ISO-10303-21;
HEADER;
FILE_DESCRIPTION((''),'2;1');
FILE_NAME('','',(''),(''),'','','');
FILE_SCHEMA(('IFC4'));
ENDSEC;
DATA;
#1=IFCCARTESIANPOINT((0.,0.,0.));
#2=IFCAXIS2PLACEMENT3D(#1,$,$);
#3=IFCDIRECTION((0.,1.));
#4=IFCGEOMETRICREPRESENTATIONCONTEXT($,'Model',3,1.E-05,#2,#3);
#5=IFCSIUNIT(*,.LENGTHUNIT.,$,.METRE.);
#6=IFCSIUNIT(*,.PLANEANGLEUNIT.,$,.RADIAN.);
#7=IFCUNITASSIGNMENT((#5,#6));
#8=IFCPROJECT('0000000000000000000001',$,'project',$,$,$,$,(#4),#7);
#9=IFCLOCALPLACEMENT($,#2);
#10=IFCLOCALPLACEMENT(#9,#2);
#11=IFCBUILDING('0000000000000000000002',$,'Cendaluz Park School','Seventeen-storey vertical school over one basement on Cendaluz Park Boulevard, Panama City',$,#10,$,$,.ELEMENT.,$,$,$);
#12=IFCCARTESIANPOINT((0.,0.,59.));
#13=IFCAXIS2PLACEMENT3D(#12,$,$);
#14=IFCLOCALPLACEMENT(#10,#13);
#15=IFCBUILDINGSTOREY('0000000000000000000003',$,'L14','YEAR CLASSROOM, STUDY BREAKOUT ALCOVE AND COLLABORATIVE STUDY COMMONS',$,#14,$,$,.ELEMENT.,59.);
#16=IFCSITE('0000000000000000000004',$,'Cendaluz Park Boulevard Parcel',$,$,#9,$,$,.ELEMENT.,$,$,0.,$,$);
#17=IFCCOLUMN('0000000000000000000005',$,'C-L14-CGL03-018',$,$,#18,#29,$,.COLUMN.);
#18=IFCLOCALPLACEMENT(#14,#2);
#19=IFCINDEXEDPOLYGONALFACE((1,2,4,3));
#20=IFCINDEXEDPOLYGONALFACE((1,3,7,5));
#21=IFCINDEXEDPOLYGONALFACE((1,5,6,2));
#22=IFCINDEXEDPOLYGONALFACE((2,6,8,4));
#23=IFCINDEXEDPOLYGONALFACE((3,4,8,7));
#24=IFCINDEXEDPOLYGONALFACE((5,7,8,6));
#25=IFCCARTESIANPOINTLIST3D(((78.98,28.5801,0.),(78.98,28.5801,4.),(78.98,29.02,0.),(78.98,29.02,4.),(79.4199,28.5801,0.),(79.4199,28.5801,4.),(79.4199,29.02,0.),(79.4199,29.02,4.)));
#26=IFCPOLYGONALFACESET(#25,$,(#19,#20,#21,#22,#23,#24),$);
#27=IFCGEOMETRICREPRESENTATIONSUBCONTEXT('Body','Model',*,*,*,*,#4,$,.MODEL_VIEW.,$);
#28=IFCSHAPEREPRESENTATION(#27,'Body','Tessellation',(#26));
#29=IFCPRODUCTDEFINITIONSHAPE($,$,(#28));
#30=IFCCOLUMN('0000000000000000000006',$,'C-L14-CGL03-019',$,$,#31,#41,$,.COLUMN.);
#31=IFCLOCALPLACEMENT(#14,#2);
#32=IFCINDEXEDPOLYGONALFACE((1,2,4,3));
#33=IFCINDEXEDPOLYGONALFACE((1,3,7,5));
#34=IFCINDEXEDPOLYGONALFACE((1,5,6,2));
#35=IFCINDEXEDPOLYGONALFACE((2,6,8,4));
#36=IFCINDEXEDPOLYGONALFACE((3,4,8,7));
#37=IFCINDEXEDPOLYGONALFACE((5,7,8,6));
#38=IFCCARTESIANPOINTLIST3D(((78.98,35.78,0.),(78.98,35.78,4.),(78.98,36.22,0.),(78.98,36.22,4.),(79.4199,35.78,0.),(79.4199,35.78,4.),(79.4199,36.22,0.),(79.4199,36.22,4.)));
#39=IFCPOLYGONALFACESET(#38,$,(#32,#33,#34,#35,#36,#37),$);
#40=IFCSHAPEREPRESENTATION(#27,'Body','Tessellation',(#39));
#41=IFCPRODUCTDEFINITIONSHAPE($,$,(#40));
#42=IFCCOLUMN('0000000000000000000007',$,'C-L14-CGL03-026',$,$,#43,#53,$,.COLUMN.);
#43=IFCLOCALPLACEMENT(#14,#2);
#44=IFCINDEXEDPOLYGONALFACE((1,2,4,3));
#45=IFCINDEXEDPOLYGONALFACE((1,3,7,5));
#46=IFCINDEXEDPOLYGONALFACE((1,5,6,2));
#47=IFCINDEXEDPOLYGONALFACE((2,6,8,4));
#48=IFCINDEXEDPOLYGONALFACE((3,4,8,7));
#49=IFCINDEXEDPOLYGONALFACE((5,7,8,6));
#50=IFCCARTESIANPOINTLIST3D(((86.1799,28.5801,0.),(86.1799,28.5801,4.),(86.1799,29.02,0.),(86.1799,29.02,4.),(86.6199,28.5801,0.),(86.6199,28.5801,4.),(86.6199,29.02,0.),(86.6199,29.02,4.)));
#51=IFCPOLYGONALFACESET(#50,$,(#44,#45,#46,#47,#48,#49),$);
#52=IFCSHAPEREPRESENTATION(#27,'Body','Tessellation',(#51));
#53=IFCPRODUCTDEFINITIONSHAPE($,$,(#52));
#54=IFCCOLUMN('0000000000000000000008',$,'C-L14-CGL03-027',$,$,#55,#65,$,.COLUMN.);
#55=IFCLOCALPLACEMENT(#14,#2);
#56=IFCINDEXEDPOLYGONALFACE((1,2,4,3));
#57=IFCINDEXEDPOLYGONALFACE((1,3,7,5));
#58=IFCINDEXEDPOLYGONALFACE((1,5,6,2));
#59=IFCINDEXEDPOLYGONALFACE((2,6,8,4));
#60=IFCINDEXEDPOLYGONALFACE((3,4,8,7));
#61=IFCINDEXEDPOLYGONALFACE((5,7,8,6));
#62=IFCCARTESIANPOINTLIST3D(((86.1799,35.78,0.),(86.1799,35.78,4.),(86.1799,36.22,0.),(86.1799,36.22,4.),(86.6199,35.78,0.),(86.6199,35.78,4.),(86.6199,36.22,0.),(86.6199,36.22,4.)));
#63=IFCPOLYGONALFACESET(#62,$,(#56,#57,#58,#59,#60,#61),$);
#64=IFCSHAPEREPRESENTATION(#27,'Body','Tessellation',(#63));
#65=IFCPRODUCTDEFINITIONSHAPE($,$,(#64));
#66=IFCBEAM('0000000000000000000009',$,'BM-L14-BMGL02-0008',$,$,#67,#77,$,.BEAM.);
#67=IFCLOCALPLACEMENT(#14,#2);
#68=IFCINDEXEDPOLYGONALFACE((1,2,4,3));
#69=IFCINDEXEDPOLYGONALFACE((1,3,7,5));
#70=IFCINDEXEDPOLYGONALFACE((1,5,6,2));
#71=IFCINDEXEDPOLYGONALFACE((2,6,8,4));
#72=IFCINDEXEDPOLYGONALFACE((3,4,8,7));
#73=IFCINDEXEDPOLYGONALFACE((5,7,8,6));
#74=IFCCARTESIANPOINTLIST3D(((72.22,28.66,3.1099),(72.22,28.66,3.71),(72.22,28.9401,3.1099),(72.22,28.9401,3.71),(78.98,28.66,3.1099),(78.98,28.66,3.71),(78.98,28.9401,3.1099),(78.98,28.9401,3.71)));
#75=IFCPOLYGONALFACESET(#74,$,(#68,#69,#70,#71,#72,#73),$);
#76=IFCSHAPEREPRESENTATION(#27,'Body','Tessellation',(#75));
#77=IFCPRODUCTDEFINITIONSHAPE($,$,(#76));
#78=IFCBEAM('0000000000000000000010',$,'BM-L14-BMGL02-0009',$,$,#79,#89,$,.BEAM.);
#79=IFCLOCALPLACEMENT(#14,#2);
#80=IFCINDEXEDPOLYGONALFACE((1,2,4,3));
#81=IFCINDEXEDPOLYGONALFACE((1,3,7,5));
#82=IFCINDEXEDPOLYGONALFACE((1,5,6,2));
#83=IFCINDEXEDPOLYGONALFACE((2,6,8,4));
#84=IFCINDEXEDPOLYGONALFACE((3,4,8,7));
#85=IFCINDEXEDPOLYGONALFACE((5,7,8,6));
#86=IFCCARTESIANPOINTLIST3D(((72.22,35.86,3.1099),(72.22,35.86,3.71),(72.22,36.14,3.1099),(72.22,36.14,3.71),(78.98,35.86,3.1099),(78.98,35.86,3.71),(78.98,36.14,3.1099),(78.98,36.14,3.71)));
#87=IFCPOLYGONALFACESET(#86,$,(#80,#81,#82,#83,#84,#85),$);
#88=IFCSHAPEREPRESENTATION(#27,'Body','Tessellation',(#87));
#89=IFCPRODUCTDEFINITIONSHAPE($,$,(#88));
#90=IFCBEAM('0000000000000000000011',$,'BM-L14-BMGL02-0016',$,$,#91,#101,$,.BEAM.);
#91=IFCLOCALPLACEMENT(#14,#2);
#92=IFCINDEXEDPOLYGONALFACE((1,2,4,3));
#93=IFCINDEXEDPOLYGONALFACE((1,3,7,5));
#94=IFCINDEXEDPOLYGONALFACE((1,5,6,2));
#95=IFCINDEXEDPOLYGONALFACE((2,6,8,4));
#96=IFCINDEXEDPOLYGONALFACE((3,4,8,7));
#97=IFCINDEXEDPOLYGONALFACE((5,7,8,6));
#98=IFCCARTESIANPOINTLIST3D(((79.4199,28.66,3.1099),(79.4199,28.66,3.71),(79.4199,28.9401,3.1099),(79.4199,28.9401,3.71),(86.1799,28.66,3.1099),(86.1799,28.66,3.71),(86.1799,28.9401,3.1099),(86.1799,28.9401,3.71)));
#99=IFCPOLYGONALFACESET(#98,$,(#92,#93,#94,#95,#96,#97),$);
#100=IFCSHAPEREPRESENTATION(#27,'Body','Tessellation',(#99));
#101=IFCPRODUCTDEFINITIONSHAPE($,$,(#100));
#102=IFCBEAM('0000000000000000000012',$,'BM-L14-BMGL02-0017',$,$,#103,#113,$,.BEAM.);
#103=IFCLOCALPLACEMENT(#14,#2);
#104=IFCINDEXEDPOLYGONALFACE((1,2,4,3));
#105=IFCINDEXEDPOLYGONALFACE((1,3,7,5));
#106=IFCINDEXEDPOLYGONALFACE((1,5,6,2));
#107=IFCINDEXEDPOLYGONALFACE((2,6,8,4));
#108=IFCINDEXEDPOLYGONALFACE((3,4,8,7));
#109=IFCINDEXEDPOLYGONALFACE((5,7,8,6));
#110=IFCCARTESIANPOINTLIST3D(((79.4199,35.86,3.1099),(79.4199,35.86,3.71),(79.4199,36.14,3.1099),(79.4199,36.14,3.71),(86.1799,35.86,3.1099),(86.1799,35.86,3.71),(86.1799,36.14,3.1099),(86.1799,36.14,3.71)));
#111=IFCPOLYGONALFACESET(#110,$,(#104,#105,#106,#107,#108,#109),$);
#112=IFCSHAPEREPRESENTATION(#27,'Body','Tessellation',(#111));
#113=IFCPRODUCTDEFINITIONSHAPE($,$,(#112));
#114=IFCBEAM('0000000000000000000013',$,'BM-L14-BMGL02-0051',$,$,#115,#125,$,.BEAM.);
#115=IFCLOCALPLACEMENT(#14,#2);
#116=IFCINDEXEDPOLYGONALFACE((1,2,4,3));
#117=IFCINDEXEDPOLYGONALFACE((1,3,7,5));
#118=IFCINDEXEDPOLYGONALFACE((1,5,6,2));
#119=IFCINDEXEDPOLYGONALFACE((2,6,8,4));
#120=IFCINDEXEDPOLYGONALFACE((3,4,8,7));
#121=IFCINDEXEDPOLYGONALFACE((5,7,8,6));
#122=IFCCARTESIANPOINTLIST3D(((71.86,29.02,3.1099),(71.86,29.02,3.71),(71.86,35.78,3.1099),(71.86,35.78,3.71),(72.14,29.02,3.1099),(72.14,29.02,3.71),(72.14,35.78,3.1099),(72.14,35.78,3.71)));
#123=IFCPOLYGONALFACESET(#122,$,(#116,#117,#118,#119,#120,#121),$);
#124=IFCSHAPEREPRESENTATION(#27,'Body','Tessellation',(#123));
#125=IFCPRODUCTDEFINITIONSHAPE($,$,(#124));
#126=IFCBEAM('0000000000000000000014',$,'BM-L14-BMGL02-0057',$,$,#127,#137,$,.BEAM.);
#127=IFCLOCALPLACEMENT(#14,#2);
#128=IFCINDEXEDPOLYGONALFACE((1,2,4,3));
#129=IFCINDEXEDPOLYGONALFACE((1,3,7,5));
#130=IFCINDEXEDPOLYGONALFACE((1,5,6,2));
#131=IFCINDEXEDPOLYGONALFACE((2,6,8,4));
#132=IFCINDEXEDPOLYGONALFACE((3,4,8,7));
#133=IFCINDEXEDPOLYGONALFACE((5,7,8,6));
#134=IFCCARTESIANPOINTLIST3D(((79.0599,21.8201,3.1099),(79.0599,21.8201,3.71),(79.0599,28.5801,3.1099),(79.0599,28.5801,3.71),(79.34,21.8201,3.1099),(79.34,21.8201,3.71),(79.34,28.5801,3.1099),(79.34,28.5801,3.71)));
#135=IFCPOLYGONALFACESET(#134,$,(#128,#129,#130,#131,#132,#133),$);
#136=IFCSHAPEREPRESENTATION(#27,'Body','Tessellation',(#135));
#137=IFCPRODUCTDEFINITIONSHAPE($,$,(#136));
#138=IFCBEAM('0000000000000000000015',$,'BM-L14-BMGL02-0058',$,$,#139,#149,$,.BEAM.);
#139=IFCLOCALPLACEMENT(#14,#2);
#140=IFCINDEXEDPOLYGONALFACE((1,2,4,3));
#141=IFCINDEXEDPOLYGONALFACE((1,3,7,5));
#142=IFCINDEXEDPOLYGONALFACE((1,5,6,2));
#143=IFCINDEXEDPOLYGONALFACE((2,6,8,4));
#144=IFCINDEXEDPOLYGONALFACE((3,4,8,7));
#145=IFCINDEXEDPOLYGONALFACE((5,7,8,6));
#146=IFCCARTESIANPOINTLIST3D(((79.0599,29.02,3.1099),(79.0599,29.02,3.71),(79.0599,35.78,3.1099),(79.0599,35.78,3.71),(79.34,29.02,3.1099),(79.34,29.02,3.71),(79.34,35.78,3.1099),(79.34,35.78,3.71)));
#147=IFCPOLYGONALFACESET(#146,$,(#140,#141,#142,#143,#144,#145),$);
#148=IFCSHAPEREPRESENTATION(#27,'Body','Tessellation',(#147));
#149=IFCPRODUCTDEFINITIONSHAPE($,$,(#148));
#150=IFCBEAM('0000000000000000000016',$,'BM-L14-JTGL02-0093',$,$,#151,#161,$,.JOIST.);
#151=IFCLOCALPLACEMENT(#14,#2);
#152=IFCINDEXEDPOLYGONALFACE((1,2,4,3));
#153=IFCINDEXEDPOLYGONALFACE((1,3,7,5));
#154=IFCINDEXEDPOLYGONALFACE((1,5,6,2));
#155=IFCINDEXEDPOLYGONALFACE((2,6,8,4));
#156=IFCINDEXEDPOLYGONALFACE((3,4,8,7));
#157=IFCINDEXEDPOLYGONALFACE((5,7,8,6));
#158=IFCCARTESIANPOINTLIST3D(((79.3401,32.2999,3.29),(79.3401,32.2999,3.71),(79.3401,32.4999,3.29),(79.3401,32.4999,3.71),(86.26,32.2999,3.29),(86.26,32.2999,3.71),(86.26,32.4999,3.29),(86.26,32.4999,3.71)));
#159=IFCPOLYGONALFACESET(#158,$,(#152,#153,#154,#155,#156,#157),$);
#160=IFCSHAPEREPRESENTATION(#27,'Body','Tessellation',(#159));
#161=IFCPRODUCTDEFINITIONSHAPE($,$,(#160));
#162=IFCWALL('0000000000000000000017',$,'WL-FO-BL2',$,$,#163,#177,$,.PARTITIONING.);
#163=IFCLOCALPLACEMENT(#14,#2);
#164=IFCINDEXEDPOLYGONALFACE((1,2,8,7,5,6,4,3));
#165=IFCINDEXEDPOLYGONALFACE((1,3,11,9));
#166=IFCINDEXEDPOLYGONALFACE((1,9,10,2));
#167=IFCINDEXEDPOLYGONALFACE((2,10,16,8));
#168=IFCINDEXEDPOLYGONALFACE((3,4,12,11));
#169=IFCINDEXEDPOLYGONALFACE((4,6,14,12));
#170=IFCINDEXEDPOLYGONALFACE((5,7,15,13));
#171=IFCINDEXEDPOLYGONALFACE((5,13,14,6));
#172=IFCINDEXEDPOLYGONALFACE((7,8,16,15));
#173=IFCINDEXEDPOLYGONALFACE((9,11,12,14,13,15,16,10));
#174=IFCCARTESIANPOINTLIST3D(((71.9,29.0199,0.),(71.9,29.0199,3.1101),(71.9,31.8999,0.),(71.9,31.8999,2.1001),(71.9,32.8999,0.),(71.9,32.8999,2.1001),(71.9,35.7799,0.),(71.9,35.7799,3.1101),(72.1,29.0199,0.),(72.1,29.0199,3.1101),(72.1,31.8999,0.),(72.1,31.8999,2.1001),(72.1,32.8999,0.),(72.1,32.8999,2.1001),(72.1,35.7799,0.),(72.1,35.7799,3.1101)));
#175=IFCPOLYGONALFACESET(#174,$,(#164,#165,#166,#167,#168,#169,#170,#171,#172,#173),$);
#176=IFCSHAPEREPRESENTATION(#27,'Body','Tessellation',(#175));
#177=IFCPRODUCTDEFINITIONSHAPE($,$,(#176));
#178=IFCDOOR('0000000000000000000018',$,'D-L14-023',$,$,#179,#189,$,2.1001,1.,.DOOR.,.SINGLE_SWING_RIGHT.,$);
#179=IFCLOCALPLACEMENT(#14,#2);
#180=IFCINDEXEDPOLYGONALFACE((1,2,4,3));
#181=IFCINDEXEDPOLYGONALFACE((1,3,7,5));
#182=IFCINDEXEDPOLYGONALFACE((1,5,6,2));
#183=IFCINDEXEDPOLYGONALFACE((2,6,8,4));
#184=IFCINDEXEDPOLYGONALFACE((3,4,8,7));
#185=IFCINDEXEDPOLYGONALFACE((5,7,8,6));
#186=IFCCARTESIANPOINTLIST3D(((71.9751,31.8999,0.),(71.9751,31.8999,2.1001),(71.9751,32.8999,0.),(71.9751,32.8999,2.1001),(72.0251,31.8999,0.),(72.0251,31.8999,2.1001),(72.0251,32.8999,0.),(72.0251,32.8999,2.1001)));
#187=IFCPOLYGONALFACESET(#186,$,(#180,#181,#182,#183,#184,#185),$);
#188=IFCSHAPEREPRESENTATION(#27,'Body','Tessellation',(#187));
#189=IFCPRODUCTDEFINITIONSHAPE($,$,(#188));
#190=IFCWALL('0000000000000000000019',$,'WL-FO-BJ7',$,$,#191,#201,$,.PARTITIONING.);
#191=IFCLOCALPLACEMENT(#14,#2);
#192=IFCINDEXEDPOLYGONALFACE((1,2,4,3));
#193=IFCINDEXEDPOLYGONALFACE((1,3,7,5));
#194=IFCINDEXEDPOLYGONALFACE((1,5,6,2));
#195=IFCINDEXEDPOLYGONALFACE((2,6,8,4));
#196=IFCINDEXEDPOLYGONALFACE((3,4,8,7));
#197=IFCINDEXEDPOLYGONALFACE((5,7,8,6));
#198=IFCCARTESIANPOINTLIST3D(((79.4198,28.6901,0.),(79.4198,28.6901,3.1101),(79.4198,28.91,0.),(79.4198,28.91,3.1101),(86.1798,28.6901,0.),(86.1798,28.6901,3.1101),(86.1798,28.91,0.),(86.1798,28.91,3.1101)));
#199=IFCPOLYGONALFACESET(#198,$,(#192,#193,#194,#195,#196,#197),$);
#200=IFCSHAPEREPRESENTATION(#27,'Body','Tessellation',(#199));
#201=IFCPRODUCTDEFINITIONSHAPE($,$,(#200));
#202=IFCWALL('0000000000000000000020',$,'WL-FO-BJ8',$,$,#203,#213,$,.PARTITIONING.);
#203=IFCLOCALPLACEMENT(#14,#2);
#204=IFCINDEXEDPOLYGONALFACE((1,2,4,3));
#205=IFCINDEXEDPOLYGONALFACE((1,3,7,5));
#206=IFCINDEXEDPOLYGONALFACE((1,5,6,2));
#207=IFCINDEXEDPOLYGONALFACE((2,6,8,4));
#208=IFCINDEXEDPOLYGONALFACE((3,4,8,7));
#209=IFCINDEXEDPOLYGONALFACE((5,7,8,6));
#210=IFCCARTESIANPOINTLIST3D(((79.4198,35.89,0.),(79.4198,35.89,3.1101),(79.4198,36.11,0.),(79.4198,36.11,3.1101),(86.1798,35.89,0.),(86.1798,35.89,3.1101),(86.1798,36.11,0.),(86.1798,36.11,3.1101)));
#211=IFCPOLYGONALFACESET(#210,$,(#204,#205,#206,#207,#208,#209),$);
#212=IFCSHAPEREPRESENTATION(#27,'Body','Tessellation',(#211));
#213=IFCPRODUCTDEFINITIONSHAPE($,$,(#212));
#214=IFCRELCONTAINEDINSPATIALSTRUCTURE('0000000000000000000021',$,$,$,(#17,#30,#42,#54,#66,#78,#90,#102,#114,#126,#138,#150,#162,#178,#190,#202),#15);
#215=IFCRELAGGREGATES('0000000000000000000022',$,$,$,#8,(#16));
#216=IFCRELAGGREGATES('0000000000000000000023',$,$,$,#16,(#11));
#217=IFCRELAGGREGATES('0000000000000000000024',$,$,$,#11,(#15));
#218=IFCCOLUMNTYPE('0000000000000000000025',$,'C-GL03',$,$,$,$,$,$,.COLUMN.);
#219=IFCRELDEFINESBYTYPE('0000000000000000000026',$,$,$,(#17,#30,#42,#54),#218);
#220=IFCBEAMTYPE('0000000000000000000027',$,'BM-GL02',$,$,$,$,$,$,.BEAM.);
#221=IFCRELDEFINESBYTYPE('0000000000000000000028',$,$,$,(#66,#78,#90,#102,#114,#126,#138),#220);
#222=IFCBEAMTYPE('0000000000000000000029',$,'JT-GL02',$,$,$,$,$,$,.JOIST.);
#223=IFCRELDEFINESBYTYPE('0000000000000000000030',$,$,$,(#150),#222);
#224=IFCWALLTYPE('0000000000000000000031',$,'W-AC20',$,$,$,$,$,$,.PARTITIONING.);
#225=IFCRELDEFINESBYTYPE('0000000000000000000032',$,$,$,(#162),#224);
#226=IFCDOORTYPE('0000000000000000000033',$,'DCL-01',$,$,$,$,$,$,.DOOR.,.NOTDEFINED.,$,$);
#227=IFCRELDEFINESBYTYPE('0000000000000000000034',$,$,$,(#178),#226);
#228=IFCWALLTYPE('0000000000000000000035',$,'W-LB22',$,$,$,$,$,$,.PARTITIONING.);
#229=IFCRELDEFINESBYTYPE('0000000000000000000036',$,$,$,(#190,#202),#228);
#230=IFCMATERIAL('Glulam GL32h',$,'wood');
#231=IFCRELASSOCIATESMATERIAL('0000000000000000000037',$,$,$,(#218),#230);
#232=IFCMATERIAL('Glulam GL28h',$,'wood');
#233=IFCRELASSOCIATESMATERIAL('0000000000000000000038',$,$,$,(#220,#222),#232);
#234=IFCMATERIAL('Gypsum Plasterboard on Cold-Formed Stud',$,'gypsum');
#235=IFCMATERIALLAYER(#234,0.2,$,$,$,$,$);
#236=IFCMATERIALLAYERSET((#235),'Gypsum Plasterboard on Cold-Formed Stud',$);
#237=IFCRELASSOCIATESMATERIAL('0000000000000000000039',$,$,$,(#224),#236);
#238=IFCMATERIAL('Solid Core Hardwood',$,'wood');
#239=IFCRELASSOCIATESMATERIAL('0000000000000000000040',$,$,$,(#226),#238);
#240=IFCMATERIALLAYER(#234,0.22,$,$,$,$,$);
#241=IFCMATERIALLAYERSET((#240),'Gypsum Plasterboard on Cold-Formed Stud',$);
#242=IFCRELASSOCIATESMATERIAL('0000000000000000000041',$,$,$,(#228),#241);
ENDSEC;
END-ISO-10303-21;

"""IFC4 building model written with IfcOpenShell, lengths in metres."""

from ifc_helpers import new_model, si_unit, direction, frame, frame_2d, origin, origin_2d, place, context, subcontext, project, spatial, rectangle, extrude, material, layer, layer_set, material_profile, profile_set, type_object, element, fill, save


model = new_model("IFC4")

# Units and contexts
model_context = context("Model", 3, precision=1e-05, world=origin(), true_north=direction((0.0, 1.0)))
body_context = subcontext(model_context, "Body", "Model", "MODEL_VIEW")
ifc_project = project(units=[si_unit("LENGTHUNIT", "METRE"), si_unit("PLANEANGLEUNIT", "RADIAN")], contexts=[model_context])

# Site, building, storey
site_placement = place(None, origin())
site = spatial("IfcSite", under=ifc_project, at=site_placement, Name="Cendaluz Park Boulevard Parcel", CompositionType="ELEMENT", RefElevation=0.0)
building_placement = place(site_placement, origin())
building = spatial("IfcBuilding", under=site, at=building_placement, Name="Cendaluz Park School", Description="Seventeen-storey vertical school over one basement on Cendaluz Park Boulevard, Panama City", CompositionType="ELEMENT")
storey_placement = place(building_placement, frame((0.0, 0.0, 59.0)))
storey = spatial("IfcBuildingStorey", under=building, at=storey_placement, Name="L14", Description="YEAR CLASSROOM, STUDY BREAKOUT ALCOVE AND COLLABORATIVE STUDY COMMONS", CompositionType="ELEMENT", Elevation=59.0)

# Columns
ifc_material_1 = material(Name="Glulam GL32h", Category="wood")
ifc_material_profile_1 = material_profile(ifc_material_1, rectangle(XDim=0.4399, YDim=0.4399, at=origin_2d()), Name="GL32h 440x440", Category="wood")
ifc_profile_set_1 = profile_set([ifc_material_profile_1], Name="Glulam GL32h")
column_type = type_object("IfcColumnType", Name="C-GL03", PredefinedType="COLUMN", material=ifc_profile_set_1)
for number, where, z_axis, x_axis, name in (
    (1, (79.2, 28.8, 0.0), (0.0, 0.0, 1.0), (1.0, 0.0, 0.0), "C-L14-CGL03-018"),
    (2, (79.2, 36.0, 0.0), (0.0, 0.0, 1.0), (1.0, 0.0, 0.0), "C-L14-CGL03-019"),
    (3, (86.3999, 28.8, 0.0), (0.0, 0.0, 1.0), (1.0, 0.0, 0.0), "C-L14-CGL03-026"),
    (4, (86.3999, 36.0, 0.0), (0.0, 0.0, 1.0), (1.0, 0.0, 0.0), "C-L14-CGL03-027"),
):
    element("IfcColumn", number, at=place(storey_placement, frame(where, z_axis=z_axis, x_axis=x_axis)), inside=storey, type_object=column_type, Name=name, PredefinedType="COLUMN", context=body_context, shape_type="SweptSolid", body=[
        extrude(rectangle(XDim=0.4399, YDim=0.4399, at=origin_2d()), origin(), (0.0, 0.0, 1.0), 4.0),
    ])

# Beams
ifc_material_2 = material(Name="Glulam GL28h", Category="wood")
ifc_material_profile_2 = material_profile(ifc_material_2, rectangle(XDim=0.28, YDim=0.6001, at=origin_2d()), Name="GL28h 280x600", Category="wood")
ifc_profile_set_2 = profile_set([ifc_material_profile_2], Name="Glulam GL28h")
beam_type_1 = type_object("IfcBeamType", Name="BM-GL02", PredefinedType="BEAM", material=ifc_profile_set_2)
for number, where, z_axis, x_axis, name in (
    (5, (72.22, 28.8, 3.4099), (1.0, 0.0, 0.0), (0.0, 1.0, 0.0), "BM-L14-BMGL02-0008"),
    (6, (72.22, 36.0, 3.4099), (1.0, 0.0, 0.0), (0.0, 1.0, 0.0), "BM-L14-BMGL02-0009"),
    (7, (79.4199, 28.8, 3.4099), (1.0, 0.0, 0.0), (0.0, 1.0, 0.0), "BM-L14-BMGL02-0016"),
    (8, (79.4199, 36.0, 3.4099), (1.0, 0.0, 0.0), (0.0, 1.0, 0.0), "BM-L14-BMGL02-0017"),
    (9, (72.0, 29.02, 3.4099), (0.0, 1.0, 0.0), (-1.0, 0.0, 0.0), "BM-L14-BMGL02-0051"),
    (10, (79.2, 21.8201, 3.4099), (0.0, 1.0, 0.0), (-1.0, 0.0, 0.0), "BM-L14-BMGL02-0057"),
    (11, (79.2, 29.02, 3.4099), (0.0, 1.0, 0.0), (-1.0, 0.0, 0.0), "BM-L14-BMGL02-0058"),
):
    element("IfcBeam", number, at=place(storey_placement, frame(where, z_axis=z_axis, x_axis=x_axis)), inside=storey, type_object=beam_type_1, Name=name, PredefinedType="BEAM", context=body_context, shape_type="SweptSolid", body=[
        extrude(rectangle(XDim=0.28, YDim=0.6001, at=origin_2d()), origin(), (0.0, 0.0, 1.0), 6.76),
    ])
ifc_material_profile_3 = material_profile(ifc_material_2, rectangle(XDim=0.2, YDim=0.4199, at=origin_2d()), Name="GL28h 200x420", Category="wood")
ifc_profile_set_3 = profile_set([ifc_material_profile_3], Name="Glulam GL28h")
beam_type_2 = type_object("IfcBeamType", Name="JT-GL02", PredefinedType="JOIST", material=ifc_profile_set_3)
beam_placement = place(storey_placement, frame((79.3401, 32.3999, 3.5), z_axis=(1.0, 0.0, 0.0), x_axis=(0.0, 1.0, 0.0)))
element("IfcBeam", 12, at=beam_placement, inside=storey, type_object=beam_type_2, Name="BM-L14-JTGL02-0093", PredefinedType="JOIST", context=body_context, shape_type="SweptSolid", body=[
    extrude(rectangle(XDim=0.2, YDim=0.4199, at=origin_2d()), origin(), (0.0, 0.0, 1.0), 6.9199),
])

# Wall, opening, door
ifc_material_3 = material(Name="Gypsum Plasterboard on Cold-Formed Stud", Category="gypsum")
ifc_layer_1 = layer(ifc_material_3, 0.2)
ifc_layer_set_1 = layer_set([ifc_layer_1], Name="Gypsum Plasterboard on Cold-Formed Stud")
wall_type_1 = type_object("IfcWallType", Name="W-AC20", PredefinedType="PARTITIONING", material=ifc_layer_set_1)
wall_1_placement = place(storey_placement, frame((72.0, 29.02, 0.0), z_axis=(0.0, 0.0, 1.0), x_axis=(0.0, 1.0, 0.0)))
wall_1 = element("IfcWall", 13, at=wall_1_placement, inside=storey, type_object=wall_type_1, Name="WL-FO-BL2", PredefinedType="PARTITIONING", context=body_context, shape_type="SweptSolid", body=[
    extrude(rectangle(XDim=6.76, YDim=0.2, at=frame_2d((3.3799, 0.0))), origin(), (0.0, 0.0, 1.0), 3.1101),
])
opening_1_placement = place(wall_1_placement, frame((2.8799, 0.0, 0.0)))
opening_1 = element("IfcOpeningElement", 14, at=opening_1_placement, cuts=wall_1, PredefinedType="OPENING", context=body_context, shape_type="SweptSolid", body=[
    extrude(rectangle(XDim=1.0, YDim=2.1001, at=frame_2d((0.5, 1.05))), frame((0.0, 0.1121, 0.0), z_axis=(0.0, -1.0, 0.0), x_axis=(1.0, 0.0, 0.0)), (0.0, 0.0, 1.0), 0.2239),
])
ifc_material_4 = material(Name="Solid Core Hardwood", Category="wood")
door_type_1 = type_object("IfcDoorType", Name="DCL-01", OperationType="NOTDEFINED", PredefinedType="DOOR", material=ifc_material_4)
door_1_placement = place(opening_1_placement, origin())
door_1 = element("IfcDoor", 15, at=door_1_placement, inside=storey, type_object=door_type_1, Name="D-L14-023", OperationType="SINGLE_SWING_RIGHT", OverallHeight=2.1001, OverallWidth=1.0, PredefinedType="DOOR", context=body_context, shape_type="SweptSolid", body=[
    extrude(rectangle(XDim=1.0, YDim=2.1001, at=frame_2d((0.5, 1.05))), frame((0.0, 0.0249, 0.0), z_axis=(0.0, -1.0, 0.0), x_axis=(1.0, 0.0, 0.0)), (0.0, 0.0, 1.0), 0.05),
])
fill(opening_1, door_1)

# Walls
ifc_layer_2 = layer(ifc_material_3, 0.22)
ifc_layer_set_2 = layer_set([ifc_layer_2], Name="Gypsum Plasterboard on Cold-Formed Stud")
wall_type_2 = type_object("IfcWallType", Name="W-LB22", PredefinedType="PARTITIONING", material=ifc_layer_set_2)
for number, where, z_axis, x_axis, name in (
    (16, (79.4199, 28.8, 0.0), (0.0, 0.0, 1.0), (1.0, 0.0, 0.0), "WL-FO-BJ7"),
    (17, (79.4199, 36.0, 0.0), (0.0, 0.0, 1.0), (1.0, 0.0, 0.0), "WL-FO-BJ8"),
):
    element("IfcWall", number, at=place(storey_placement, frame(where, z_axis=z_axis, x_axis=x_axis)), inside=storey, type_object=wall_type_2, Name=name, PredefinedType="PARTITIONING", context=body_context, shape_type="SweptSolid", body=[
        extrude(rectangle(XDim=6.76, YDim=0.22, at=frame_2d((3.3799, 0.0))), origin(), (0.0, 0.0, 1.0), 3.1101),
    ])

save(model, "model.ifc")
